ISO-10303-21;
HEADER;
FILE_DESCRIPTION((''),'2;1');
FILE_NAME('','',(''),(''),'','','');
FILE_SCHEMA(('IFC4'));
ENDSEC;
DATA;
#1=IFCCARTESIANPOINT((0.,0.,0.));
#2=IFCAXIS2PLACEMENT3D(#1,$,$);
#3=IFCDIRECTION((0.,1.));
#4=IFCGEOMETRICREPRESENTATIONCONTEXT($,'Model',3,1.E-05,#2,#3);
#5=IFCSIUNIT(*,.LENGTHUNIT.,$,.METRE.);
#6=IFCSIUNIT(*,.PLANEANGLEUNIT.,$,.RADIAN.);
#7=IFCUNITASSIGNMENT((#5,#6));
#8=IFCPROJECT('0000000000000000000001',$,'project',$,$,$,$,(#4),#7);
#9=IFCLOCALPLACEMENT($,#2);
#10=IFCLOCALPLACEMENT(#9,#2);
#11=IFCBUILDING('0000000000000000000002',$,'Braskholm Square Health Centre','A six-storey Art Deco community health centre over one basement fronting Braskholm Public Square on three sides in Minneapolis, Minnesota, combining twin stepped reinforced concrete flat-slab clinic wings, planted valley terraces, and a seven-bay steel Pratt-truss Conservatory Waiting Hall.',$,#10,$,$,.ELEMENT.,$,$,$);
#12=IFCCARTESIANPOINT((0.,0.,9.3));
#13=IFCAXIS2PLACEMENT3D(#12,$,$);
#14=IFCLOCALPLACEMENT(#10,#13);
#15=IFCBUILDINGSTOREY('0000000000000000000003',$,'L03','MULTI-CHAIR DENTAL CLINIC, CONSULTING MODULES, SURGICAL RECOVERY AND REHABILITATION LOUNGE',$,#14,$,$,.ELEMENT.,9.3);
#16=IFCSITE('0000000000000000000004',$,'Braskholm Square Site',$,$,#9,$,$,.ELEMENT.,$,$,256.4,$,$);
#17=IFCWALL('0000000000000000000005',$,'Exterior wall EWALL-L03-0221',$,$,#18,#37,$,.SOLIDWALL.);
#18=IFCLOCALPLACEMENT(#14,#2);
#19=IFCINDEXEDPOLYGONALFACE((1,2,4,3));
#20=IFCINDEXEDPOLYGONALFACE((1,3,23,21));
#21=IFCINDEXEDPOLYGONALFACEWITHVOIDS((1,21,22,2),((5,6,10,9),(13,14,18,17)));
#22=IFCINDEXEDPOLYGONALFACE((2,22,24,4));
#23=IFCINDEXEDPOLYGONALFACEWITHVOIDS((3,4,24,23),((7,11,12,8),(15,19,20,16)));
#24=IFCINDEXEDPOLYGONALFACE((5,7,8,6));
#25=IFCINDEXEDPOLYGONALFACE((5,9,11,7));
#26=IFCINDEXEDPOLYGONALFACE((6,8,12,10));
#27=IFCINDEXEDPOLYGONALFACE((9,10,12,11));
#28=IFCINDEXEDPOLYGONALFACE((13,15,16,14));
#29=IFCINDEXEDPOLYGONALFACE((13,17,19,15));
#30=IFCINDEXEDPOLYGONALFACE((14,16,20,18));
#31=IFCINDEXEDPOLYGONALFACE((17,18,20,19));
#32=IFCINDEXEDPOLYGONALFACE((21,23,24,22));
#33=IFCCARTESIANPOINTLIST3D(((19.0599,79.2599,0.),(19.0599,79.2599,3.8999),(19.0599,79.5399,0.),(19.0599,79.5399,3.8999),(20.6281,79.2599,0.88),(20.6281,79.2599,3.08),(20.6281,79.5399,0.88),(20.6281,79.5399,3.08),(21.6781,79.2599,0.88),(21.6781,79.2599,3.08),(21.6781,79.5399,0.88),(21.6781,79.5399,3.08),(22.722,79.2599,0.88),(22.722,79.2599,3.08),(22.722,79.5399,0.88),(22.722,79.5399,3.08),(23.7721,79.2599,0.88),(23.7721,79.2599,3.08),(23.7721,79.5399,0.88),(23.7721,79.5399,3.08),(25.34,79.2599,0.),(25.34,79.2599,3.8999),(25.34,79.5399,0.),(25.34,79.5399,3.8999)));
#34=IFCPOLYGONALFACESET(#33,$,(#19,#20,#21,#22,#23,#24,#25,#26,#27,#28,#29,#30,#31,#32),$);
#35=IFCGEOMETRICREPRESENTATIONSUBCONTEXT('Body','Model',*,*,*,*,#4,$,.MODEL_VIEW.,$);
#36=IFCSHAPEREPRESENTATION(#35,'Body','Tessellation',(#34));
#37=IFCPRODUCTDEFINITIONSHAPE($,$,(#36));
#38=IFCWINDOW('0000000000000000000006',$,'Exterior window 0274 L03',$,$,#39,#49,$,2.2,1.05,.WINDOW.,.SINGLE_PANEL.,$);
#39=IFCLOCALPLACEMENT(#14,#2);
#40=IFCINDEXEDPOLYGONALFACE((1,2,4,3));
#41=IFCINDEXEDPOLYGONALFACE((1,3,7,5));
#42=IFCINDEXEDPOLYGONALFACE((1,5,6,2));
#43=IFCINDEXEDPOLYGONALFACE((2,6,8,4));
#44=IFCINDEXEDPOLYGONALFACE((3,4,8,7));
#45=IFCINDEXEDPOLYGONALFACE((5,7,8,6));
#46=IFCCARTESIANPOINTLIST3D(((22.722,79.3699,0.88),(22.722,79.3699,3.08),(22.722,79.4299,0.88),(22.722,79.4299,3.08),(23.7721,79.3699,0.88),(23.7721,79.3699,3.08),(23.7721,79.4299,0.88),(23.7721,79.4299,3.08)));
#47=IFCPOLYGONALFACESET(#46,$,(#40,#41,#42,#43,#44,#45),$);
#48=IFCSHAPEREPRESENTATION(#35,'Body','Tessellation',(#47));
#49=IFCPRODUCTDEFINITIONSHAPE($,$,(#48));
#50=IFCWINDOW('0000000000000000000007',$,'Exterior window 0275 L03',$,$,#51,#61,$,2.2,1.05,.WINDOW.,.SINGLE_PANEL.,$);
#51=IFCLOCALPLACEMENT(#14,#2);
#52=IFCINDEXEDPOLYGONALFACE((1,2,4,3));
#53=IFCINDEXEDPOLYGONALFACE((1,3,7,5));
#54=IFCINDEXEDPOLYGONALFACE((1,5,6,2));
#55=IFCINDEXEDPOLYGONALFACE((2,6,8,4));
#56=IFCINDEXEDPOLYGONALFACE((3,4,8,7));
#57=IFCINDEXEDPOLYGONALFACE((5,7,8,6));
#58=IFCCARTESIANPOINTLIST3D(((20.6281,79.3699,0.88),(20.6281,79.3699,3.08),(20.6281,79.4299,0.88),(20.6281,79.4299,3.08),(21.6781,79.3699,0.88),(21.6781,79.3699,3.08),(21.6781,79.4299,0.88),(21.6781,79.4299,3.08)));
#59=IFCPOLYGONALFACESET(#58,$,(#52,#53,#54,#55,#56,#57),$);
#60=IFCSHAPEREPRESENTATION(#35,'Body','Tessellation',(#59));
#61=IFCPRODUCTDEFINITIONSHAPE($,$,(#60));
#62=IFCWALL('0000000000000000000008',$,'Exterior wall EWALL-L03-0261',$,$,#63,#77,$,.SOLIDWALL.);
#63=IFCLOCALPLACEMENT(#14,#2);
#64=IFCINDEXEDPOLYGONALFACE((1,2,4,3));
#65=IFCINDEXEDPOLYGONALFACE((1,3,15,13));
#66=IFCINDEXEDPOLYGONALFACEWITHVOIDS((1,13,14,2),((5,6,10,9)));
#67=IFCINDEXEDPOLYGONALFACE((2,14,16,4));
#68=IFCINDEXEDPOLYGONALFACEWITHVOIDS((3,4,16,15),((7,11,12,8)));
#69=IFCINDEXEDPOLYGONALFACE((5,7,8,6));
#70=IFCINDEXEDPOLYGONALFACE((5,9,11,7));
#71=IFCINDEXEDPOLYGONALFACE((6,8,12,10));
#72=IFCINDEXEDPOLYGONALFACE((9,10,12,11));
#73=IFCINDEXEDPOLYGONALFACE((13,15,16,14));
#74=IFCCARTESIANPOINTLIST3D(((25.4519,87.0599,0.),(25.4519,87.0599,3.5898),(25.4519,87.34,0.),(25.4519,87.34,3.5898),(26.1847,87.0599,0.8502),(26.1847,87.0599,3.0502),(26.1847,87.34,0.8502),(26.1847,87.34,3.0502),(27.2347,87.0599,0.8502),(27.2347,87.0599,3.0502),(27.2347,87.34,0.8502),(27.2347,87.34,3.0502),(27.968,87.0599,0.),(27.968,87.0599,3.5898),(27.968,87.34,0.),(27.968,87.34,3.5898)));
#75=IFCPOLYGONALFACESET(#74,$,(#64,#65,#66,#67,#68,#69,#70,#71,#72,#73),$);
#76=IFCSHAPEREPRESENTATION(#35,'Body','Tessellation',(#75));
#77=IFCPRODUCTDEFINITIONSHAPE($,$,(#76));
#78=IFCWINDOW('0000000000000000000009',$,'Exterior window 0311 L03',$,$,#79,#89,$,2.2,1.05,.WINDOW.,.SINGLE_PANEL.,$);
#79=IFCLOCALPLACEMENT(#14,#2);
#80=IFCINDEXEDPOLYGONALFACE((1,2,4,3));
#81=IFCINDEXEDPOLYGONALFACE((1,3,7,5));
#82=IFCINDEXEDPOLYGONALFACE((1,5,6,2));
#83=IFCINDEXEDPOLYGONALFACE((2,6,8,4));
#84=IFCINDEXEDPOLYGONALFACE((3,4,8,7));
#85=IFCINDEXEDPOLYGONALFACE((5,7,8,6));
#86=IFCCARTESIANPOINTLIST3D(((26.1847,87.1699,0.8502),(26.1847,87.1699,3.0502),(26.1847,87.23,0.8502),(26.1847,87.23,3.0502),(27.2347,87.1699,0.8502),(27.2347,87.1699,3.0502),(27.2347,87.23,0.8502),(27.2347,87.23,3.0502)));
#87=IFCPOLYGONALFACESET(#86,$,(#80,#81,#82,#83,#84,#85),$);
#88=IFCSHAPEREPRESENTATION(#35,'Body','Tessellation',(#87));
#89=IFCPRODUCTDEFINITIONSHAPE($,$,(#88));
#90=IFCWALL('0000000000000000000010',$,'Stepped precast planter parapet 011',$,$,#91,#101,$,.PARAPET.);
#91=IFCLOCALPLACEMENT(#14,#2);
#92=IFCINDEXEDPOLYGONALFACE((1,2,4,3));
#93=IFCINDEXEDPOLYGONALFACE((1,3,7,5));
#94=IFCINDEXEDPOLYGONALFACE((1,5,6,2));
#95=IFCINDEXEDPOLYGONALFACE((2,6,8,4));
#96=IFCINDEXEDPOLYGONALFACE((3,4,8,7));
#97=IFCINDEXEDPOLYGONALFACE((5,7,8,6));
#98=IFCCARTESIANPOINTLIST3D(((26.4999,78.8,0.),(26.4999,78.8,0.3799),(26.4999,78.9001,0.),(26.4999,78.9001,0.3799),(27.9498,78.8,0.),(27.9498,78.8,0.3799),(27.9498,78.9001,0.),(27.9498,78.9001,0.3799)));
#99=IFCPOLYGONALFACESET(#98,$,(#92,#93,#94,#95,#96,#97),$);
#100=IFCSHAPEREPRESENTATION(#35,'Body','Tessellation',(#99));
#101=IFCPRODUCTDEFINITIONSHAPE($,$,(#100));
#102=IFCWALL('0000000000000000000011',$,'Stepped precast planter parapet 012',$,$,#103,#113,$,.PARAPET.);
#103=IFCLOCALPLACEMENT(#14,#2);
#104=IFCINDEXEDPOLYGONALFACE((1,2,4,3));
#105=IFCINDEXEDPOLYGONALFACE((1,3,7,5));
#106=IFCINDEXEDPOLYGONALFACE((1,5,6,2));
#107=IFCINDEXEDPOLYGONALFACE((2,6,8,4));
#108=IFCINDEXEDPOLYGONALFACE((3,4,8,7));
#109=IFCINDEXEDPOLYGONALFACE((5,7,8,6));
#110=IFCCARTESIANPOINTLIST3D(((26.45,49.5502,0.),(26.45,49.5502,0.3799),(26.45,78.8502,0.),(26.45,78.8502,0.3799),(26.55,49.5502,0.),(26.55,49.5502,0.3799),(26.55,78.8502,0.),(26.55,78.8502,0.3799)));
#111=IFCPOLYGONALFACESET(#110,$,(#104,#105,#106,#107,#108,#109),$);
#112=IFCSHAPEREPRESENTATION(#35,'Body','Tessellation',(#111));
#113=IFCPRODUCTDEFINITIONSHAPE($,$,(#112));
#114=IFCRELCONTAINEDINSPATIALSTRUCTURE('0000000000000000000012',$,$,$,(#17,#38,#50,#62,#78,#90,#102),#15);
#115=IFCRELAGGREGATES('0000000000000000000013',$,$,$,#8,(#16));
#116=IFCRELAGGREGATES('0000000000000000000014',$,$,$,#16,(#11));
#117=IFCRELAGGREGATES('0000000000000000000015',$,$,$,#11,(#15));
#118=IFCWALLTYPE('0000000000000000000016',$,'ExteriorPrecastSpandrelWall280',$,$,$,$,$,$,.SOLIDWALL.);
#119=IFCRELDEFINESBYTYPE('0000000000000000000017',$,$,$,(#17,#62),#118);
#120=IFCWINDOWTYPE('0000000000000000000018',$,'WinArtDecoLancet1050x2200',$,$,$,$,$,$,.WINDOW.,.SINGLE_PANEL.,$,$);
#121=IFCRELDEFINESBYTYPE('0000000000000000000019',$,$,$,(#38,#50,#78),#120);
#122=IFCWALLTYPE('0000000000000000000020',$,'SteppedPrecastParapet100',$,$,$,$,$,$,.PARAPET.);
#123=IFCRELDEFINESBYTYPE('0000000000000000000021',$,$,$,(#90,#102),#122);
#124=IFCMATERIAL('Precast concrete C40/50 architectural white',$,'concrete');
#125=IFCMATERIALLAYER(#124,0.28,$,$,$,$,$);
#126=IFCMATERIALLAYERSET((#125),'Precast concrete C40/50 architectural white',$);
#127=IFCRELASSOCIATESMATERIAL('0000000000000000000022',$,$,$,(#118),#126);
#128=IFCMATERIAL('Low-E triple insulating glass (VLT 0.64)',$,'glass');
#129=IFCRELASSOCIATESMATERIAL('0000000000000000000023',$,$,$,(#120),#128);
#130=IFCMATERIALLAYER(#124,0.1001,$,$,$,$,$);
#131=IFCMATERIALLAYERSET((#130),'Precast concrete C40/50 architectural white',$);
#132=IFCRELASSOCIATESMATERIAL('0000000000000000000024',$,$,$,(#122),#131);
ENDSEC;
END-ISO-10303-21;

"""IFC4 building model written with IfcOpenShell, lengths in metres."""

from ifc_helpers import new_model, si_unit, direction, frame, frame_2d, origin, origin_with_axes, place, context, subcontext, project, spatial, rectangle, extrude, material, layer, layer_set, type_object, element, fill, save


model = new_model("IFC4")

# Units and contexts
model_context = context("Model", 3, precision=1e-05, world=origin(), true_north=direction((0.0, 1.0)))
body_context = subcontext(model_context, "Body", "Model", "MODEL_VIEW")
ifc_project = project(units=[si_unit("LENGTHUNIT", "METRE"), si_unit("PLANEANGLEUNIT", "RADIAN")], contexts=[model_context])

# Site, building, storey
site_placement = place(None, origin())
site = spatial("IfcSite", under=ifc_project, at=site_placement, Name="Braskholm Square Site", CompositionType="ELEMENT", RefElevation=256.4)
building_placement = place(site_placement, origin())
building = spatial("IfcBuilding", under=site, at=building_placement, Name="Braskholm Square Health Centre", Description="A six-storey Art Deco community health centre over one basement fronting Braskholm Public Square on three sides in Minneapolis, Minnesota, combining twin stepped reinforced concrete flat-slab clinic wings, planted valley terraces, and a seven-bay steel Pratt-truss Conservatory Waiting Hall.", CompositionType="ELEMENT")
storey_placement = place(building_placement, frame((0.0, 0.0, 9.3)))
storey = spatial("IfcBuildingStorey", under=building, at=storey_placement, Name="L03", Description="MULTI-CHAIR DENTAL CLINIC, CONSULTING MODULES, SURGICAL RECOVERY AND REHABILITATION LOUNGE", CompositionType="ELEMENT", Elevation=9.3)

# Shared definitions
ifc_material_1 = material(Name="Precast concrete C40/50 architectural white", Category="concrete")

# Shared definitions
ifc_material_2 = material(Name="Low-E triple insulating glass (VLT 0.64)", Category="glass")

# Wall, openings, windows
ifc_layer_1 = layer(ifc_material_1, 0.28)
ifc_layer_set_1 = layer_set([ifc_layer_1], Name="Precast concrete C40/50 architectural white")
wall_type_1 = type_object("IfcWallType", Name="ExteriorPrecastSpandrelWall280", PredefinedType="SOLIDWALL", material=ifc_layer_set_1)
wall_1_placement = place(storey_placement, frame((25.3401, 79.3999, 0.0), z_axis=(0.0, 0.0, 1.0), x_axis=(-1.0, 0.0, 0.0)))
wall_1 = element("IfcWall", 1, at=wall_1_placement, inside=storey, type_object=wall_type_1, Name="Exterior wall EWALL-L03-0221", PredefinedType="SOLIDWALL", context=body_context, shape_type="SweptSolid", body=[
    extrude(rectangle(XDim=6.28, YDim=0.28, at=frame_2d((3.1401, 0.0))), origin(), (0.0, 0.0, 1.0), 3.8999),
])
opening_1_placement = place(wall_1_placement, frame((1.5681, 0.0, 0.8799)))
opening_1 = element("IfcOpeningElement", 2, at=opening_1_placement, cuts=wall_1, PredefinedType="OPENING", context=body_context, shape_type="SweptSolid", body=[
    extrude(rectangle(XDim=1.05, YDim=2.2, at=frame_2d((0.5249, 1.1001))), frame((0.0, 0.1499, 0.0), z_axis=(0.0, -1.0, 0.0), x_axis=(1.0, 0.0, 0.0)), (0.0, 0.0, 1.0), 0.3),
])
opening_2_placement = place(wall_1_placement, frame((3.6621, 0.0, 0.8799)))
opening_2 = element("IfcOpeningElement", 3, at=opening_2_placement, cuts=wall_1, PredefinedType="OPENING", context=body_context, shape_type="SweptSolid", body=[
    extrude(rectangle(XDim=1.05, YDim=2.2, at=frame_2d((0.5249, 1.1001))), frame((0.0, 0.1499, 0.0), z_axis=(0.0, -1.0, 0.0), x_axis=(1.0, 0.0, 0.0)), (0.0, 0.0, 1.0), 0.3),
])
window_type = type_object("IfcWindowType", Name="WinArtDecoLancet1050x2200", PartitioningType="SINGLE_PANEL", PredefinedType="WINDOW", material=ifc_material_2)
window_1_placement = place(opening_1_placement, origin_with_axes())
window_1 = element("IfcWindow", 4, at=window_1_placement, inside=storey, type_object=window_type, Name="Exterior window 0274 L03", OverallHeight=2.2, OverallWidth=1.05, PartitioningType="SINGLE_PANEL", PredefinedType="WINDOW", context=body_context, shape_type="SweptSolid", body=[
    extrude(rectangle(XDim=1.05, YDim=2.2, at=frame_2d((0.5249, 1.1001))), frame((0.0, 0.03, 0.0), z_axis=(0.0, -1.0, 0.0), x_axis=(1.0, 0.0, 0.0)), (0.0, 0.0, 1.0), 0.0601),
])
fill(opening_1, window_1)
window_2_placement = place(opening_2_placement, origin_with_axes())
window_2 = element("IfcWindow", 5, at=window_2_placement, inside=storey, type_object=window_type, Name="Exterior window 0275 L03", OverallHeight=2.2, OverallWidth=1.05, PartitioningType="SINGLE_PANEL", PredefinedType="WINDOW", context=body_context, shape_type="SweptSolid", body=[
    extrude(rectangle(XDim=1.05, YDim=2.2, at=frame_2d((0.5249, 1.1001))), frame((0.0, 0.03, 0.0), z_axis=(0.0, -1.0, 0.0), x_axis=(1.0, 0.0, 0.0)), (0.0, 0.0, 1.0), 0.0601),
])
fill(opening_2, window_2)

# Wall, opening, window
wall_2_placement = place(storey_placement, frame((25.4519, 87.2, 0.0), z_axis=(0.0, 0.0, 1.0), x_axis=(1.0, 0.0, 0.0)))
wall_2 = element("IfcWall", 6, at=wall_2_placement, inside=storey, type_object=wall_type_1, Name="Exterior wall EWALL-L03-0261", PredefinedType="SOLIDWALL", context=body_context, shape_type="SweptSolid", body=[
    extrude(rectangle(XDim=2.5161, YDim=0.28, at=frame_2d((1.2581, 0.0))), origin(), (0.0, 0.0, 1.0), 3.5898),
])
opening_3_placement = place(wall_2_placement, frame((0.7329, 0.0, 0.8501)))
opening_3 = element("IfcOpeningElement", 7, at=opening_3_placement, cuts=wall_2, PredefinedType="OPENING", context=body_context, shape_type="SweptSolid", body=[
    extrude(rectangle(XDim=1.05, YDim=2.2, at=frame_2d((0.5249, 1.1001))), frame((0.0, 0.1499, 0.0), z_axis=(0.0, -1.0, 0.0), x_axis=(1.0, 0.0, 0.0)), (0.0, 0.0, 1.0), 0.3),
])
window_3_placement = place(opening_3_placement, origin_with_axes())
window_3 = element("IfcWindow", 8, at=window_3_placement, inside=storey, type_object=window_type, Name="Exterior window 0311 L03", OverallHeight=2.2, OverallWidth=1.05, PartitioningType="SINGLE_PANEL", PredefinedType="WINDOW", context=body_context, shape_type="SweptSolid", body=[
    extrude(rectangle(XDim=1.05, YDim=2.2, at=frame_2d((0.5249, 1.1001))), frame((0.0, 0.03, 0.0), z_axis=(0.0, -1.0, 0.0), x_axis=(1.0, 0.0, 0.0)), (0.0, 0.0, 1.0), 0.0601),
])
fill(opening_3, window_3)

# Walls
ifc_layer_2 = layer(ifc_material_1, 0.1001)
ifc_layer_set_2 = layer_set([ifc_layer_2], Name="Precast concrete C40/50 architectural white")
wall_type_2 = type_object("IfcWallType", Name="SteppedPrecastParapet100", PredefinedType="PARAPET", material=ifc_layer_set_2)
wall_3_placement = place(storey_placement, frame((27.95, 78.8501, 0.0), z_axis=(0.0, 0.0, 1.0), x_axis=(-1.0, 0.0, 0.0)))
element("IfcWall", 9, at=wall_3_placement, inside=storey, type_object=wall_type_2, Name="Stepped precast planter parapet 011", PredefinedType="PARAPET", context=body_context, shape_type="SweptSolid", body=[
    extrude(rectangle(XDim=1.45, YDim=0.1001, at=frame_2d((0.7251, 0.0))), origin(), (0.0, 0.0, 1.0), 0.3799),
])
wall_4_placement = place(storey_placement, frame((26.5, 78.8501, 0.0), z_axis=(0.0, 0.0, 1.0), x_axis=(0.0, -1.0, 0.0)))
element("IfcWall", 10, at=wall_4_placement, inside=storey, type_object=wall_type_2, Name="Stepped precast planter parapet 012", PredefinedType="PARAPET", context=body_context, shape_type="SweptSolid", body=[
    extrude(rectangle(XDim=29.3, YDim=0.1001, at=frame_2d((14.6499, 0.0))), origin(), (0.0, 0.0, 1.0), 0.3799),
])

save(model, "model.ifc")
